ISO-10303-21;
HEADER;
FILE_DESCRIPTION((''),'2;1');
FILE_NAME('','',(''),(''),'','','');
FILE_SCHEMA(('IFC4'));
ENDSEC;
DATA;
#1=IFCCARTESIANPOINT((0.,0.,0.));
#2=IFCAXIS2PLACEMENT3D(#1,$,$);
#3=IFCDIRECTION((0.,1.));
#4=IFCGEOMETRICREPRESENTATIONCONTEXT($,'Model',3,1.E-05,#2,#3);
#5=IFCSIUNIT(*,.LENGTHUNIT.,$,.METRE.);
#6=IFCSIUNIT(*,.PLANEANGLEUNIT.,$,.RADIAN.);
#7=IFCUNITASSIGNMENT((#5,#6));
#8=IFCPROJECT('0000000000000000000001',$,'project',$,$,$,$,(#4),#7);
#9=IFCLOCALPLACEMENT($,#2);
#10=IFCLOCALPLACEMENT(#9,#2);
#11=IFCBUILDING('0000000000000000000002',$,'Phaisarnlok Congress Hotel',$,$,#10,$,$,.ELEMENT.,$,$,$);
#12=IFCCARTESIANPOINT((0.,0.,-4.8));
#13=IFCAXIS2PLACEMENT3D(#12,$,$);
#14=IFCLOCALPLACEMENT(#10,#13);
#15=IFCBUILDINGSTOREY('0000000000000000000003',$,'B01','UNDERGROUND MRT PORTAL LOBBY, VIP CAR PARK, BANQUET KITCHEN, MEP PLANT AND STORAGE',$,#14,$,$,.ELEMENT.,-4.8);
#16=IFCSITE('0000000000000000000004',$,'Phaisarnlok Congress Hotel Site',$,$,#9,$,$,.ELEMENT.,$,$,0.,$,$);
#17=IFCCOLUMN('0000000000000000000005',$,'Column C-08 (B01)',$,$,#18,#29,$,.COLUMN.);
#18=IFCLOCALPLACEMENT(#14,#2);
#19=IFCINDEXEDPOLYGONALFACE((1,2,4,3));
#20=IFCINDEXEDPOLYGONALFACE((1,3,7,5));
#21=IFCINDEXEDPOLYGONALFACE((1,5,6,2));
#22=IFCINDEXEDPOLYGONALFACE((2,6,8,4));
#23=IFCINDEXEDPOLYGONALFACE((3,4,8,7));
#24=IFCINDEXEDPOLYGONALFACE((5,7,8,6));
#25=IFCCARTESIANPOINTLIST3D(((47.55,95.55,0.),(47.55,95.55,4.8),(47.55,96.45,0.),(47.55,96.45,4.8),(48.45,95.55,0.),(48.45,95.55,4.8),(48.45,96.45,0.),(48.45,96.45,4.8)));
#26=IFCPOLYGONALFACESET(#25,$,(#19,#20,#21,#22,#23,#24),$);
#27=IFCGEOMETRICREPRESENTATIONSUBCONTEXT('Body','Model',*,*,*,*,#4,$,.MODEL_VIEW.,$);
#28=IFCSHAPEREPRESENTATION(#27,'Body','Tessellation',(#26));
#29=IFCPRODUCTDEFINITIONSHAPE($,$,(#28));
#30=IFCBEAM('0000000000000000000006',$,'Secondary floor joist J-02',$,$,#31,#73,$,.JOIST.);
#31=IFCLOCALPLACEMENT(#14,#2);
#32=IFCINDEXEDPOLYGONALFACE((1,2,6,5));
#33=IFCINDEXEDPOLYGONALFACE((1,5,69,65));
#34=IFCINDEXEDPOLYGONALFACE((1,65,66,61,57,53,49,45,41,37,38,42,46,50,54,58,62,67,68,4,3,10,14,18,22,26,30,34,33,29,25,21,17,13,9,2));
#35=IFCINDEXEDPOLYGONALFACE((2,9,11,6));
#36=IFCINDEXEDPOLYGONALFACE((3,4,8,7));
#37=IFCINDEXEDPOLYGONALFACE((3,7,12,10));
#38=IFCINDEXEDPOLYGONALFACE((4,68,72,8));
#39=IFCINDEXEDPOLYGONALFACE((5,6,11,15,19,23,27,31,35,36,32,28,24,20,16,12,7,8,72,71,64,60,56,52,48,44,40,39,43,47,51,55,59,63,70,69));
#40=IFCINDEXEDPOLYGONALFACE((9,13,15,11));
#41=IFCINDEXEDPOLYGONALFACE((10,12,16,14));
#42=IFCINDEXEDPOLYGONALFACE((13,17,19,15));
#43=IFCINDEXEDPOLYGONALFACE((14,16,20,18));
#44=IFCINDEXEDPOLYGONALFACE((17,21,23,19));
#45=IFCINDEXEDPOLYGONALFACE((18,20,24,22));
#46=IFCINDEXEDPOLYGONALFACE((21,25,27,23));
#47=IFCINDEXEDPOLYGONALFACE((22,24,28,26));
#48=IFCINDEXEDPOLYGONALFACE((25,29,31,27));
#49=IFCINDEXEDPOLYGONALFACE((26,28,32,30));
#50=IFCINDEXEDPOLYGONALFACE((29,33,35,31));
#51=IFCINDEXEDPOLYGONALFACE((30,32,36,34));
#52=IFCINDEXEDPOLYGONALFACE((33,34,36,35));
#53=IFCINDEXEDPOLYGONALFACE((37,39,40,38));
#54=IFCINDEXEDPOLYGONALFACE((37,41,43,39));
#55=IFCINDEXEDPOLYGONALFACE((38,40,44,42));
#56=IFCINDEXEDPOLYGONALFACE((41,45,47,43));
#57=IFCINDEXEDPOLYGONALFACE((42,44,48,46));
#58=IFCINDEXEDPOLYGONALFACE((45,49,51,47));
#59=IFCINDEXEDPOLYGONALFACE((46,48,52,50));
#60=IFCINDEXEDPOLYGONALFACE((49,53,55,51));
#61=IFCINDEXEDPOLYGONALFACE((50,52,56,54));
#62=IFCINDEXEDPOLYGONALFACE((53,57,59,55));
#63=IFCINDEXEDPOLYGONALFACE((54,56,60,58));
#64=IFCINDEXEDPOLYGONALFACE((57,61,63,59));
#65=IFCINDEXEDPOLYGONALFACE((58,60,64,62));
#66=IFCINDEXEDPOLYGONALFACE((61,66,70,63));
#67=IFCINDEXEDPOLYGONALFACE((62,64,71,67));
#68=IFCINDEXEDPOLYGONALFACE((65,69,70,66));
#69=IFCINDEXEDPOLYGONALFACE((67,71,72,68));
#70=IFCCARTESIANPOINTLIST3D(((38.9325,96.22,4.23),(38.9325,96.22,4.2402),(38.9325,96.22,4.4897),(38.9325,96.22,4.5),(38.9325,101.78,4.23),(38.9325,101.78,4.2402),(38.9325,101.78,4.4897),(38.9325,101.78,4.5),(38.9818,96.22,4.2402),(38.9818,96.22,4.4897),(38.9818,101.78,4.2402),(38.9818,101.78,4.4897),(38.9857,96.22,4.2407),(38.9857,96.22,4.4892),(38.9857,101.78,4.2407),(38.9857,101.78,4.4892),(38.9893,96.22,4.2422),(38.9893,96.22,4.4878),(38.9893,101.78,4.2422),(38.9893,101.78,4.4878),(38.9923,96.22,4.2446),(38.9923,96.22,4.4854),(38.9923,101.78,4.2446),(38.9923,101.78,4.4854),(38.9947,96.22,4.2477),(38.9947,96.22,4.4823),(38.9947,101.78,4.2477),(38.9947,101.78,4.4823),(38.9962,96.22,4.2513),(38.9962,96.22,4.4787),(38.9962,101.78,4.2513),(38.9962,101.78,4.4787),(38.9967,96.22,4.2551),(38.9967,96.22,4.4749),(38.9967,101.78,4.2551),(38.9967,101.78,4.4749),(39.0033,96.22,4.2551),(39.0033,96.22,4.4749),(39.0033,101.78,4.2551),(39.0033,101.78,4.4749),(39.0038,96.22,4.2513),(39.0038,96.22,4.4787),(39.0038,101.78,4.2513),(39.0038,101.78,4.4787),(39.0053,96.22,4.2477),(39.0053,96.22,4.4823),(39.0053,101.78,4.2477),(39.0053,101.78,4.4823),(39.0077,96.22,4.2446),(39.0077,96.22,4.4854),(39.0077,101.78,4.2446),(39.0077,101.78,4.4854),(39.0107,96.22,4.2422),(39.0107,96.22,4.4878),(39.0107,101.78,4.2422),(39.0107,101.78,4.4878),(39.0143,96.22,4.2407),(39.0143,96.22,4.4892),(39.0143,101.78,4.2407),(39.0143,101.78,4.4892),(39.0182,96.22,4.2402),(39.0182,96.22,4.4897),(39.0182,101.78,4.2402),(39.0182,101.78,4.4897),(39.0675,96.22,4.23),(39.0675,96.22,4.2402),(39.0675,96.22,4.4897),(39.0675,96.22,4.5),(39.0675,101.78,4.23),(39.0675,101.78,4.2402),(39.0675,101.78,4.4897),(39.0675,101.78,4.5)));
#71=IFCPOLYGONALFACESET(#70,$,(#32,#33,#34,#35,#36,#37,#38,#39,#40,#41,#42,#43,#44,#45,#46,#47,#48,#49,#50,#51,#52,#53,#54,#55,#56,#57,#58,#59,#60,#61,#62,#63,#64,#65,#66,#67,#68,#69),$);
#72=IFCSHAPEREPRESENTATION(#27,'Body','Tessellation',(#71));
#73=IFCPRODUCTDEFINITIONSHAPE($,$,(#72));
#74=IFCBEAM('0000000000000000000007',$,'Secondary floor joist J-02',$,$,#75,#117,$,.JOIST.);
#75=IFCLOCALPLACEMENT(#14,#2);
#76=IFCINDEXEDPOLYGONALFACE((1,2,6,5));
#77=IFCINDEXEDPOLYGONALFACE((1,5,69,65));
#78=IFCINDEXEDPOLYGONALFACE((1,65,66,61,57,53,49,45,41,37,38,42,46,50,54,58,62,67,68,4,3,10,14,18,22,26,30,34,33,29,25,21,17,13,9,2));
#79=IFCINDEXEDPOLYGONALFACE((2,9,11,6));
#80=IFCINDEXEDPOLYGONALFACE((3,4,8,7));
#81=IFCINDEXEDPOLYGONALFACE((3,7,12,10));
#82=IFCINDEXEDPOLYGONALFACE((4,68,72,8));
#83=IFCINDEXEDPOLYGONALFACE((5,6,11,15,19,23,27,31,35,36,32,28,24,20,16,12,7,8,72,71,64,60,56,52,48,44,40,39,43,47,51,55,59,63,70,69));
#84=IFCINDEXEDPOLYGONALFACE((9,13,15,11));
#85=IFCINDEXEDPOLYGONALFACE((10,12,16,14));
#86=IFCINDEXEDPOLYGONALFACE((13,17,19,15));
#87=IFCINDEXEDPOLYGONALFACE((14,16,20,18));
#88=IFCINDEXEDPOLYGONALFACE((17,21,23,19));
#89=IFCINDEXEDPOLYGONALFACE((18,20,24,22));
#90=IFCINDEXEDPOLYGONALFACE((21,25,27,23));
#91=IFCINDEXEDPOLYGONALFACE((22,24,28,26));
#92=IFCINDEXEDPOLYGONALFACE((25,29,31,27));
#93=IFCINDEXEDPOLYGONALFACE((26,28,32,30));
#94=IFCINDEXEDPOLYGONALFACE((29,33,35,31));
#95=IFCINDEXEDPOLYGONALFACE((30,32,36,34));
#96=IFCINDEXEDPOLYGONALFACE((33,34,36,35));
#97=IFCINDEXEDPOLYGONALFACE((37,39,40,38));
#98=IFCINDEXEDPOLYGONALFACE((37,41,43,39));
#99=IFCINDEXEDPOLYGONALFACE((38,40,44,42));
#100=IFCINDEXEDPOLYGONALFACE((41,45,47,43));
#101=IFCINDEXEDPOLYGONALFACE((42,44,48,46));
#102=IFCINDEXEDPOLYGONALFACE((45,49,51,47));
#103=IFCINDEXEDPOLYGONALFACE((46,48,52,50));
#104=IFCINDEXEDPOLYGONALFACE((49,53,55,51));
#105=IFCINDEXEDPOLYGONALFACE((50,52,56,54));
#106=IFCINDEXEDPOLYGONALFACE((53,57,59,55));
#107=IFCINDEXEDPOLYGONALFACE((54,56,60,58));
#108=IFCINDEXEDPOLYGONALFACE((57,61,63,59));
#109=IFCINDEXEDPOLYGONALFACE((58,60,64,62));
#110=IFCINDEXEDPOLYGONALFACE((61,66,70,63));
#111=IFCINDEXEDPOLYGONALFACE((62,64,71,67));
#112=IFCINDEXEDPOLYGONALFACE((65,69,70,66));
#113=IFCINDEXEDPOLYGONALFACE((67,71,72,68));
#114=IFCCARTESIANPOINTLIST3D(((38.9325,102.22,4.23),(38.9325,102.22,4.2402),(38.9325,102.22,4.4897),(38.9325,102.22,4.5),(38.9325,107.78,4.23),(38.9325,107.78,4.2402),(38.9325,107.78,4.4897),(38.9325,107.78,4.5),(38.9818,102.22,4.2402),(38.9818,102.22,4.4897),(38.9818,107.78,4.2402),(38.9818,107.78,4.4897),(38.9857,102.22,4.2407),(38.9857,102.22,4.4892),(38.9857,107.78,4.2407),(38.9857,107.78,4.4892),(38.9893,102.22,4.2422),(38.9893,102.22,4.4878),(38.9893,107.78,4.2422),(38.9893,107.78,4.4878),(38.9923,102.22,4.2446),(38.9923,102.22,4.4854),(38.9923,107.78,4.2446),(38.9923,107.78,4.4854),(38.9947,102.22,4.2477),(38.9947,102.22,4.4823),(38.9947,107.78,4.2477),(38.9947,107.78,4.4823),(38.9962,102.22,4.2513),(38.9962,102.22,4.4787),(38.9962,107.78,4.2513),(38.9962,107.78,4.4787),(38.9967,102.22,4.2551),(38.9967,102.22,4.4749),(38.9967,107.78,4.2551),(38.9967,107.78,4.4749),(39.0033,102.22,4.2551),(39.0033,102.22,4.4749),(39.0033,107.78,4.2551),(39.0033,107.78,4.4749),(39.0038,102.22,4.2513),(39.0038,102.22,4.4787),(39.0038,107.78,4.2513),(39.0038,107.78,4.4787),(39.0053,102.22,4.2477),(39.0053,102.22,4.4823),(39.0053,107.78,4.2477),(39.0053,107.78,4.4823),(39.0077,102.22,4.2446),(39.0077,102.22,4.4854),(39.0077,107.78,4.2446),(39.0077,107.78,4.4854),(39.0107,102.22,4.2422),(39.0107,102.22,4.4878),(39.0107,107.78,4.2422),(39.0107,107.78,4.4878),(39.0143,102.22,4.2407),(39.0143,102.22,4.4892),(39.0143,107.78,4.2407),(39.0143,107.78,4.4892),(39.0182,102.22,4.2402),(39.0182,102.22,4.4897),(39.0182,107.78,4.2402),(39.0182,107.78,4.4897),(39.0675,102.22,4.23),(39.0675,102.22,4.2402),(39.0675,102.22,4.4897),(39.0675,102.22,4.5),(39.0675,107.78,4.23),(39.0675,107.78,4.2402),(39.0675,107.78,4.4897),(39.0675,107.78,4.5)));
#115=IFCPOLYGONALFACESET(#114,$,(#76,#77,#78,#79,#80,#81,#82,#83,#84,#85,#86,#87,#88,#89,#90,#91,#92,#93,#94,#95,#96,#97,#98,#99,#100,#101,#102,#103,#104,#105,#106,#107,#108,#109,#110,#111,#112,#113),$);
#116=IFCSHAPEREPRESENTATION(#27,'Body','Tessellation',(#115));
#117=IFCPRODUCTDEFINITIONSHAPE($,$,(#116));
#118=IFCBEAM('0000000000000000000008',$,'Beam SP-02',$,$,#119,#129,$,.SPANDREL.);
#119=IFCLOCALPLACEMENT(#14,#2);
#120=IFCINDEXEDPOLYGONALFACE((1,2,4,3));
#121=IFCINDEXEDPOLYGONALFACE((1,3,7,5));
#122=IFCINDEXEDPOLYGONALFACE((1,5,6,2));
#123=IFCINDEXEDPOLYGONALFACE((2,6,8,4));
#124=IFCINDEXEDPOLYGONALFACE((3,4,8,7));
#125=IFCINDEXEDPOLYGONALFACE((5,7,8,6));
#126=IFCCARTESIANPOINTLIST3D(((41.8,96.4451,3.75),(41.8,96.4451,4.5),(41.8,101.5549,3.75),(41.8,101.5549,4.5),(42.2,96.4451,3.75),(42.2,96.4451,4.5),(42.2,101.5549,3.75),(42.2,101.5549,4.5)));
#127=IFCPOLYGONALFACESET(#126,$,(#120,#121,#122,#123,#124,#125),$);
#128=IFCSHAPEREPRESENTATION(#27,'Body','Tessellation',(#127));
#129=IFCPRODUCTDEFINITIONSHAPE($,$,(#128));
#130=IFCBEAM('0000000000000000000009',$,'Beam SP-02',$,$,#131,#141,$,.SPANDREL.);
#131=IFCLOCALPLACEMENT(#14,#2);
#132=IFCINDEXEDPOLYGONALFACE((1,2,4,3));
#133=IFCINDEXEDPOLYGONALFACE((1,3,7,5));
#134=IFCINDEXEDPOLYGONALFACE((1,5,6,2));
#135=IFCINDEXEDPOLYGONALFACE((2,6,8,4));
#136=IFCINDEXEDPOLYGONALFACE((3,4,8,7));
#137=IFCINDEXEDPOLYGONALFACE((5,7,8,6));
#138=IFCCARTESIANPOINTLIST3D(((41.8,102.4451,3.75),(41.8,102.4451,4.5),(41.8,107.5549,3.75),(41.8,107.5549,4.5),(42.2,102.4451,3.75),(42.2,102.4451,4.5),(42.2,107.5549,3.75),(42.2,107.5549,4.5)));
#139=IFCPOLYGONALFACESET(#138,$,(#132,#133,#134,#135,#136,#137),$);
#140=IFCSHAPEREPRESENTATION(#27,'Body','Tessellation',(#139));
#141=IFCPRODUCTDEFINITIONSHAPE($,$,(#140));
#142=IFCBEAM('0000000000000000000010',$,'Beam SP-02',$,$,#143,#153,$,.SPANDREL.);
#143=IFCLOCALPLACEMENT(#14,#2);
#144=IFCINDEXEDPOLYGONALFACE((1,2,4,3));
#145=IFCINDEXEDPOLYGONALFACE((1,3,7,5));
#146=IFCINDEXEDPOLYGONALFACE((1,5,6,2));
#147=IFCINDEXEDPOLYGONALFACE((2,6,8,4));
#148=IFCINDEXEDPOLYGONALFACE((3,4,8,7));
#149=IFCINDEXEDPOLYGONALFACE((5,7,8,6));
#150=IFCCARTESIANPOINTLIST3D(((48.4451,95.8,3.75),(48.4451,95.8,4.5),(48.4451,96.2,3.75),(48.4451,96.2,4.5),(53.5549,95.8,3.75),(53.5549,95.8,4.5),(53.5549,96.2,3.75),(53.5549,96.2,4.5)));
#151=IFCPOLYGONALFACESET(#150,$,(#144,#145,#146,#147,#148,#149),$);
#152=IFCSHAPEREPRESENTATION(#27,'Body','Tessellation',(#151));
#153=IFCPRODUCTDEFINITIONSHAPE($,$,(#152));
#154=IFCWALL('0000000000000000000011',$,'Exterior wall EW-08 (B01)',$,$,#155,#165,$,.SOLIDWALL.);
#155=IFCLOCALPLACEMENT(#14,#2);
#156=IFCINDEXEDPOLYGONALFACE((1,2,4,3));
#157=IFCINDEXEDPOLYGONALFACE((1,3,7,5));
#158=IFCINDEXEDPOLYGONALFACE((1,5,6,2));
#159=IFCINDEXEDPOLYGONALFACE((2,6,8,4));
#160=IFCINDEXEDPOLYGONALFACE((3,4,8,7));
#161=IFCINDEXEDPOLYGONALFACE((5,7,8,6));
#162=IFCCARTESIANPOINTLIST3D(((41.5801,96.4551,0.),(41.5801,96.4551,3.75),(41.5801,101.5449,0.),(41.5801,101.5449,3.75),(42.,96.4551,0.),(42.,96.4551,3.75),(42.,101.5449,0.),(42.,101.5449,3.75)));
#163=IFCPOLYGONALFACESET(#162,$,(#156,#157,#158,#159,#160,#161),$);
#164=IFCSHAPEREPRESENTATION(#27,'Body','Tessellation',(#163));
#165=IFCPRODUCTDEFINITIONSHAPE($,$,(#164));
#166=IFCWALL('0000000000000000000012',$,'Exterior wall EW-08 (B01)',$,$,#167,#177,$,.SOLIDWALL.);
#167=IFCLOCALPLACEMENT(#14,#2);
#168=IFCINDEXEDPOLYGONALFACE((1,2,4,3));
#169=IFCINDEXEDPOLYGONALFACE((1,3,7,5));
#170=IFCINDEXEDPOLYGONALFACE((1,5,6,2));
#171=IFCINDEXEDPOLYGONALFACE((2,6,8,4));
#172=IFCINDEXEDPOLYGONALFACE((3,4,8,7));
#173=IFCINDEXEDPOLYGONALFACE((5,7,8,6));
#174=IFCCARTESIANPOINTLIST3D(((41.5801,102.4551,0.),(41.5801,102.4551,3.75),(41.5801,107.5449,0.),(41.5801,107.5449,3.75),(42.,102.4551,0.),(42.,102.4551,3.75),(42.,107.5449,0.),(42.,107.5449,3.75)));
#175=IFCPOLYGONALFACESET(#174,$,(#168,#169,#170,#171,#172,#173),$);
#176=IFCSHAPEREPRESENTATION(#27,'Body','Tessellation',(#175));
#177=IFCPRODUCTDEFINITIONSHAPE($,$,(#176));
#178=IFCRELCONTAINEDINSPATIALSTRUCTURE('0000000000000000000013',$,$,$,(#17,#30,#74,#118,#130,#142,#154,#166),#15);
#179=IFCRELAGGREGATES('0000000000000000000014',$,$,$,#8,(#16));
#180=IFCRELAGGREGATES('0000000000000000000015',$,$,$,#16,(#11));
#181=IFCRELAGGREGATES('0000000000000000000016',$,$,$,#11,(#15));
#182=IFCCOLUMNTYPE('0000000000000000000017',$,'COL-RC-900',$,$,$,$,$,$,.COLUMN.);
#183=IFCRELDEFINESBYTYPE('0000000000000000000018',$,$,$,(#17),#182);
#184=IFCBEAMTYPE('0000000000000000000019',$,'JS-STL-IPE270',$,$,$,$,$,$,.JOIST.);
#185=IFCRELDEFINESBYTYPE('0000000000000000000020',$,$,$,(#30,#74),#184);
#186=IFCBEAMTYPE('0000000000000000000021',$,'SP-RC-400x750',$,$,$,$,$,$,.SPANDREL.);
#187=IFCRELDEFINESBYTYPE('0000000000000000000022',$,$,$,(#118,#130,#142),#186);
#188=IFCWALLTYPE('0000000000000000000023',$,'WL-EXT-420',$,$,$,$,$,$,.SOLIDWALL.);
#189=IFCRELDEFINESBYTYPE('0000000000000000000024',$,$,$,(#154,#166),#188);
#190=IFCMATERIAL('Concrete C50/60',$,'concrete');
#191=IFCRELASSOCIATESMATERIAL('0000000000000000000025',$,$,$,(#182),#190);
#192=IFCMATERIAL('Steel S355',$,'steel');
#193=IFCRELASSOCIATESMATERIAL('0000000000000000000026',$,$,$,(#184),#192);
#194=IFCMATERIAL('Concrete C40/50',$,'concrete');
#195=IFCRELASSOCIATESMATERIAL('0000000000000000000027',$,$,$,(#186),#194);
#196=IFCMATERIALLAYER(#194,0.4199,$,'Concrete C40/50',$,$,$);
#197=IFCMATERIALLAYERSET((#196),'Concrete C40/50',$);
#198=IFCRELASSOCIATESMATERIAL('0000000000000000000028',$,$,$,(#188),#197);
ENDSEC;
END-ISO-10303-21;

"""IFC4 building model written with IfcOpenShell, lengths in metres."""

from ifc_helpers import new_model, si_unit, direction, frame, frame_2d, origin, origin_2d, place, context, subcontext, project, spatial, rectangle, i_section, extrude, material, layer, layer_set, material_profile, profile_set, type_object, element, save


model = new_model("IFC4")

# Units and contexts
model_context = context("Model", 3, precision=1e-05, world=origin(), true_north=direction((0.0, 1.0)))
body_context = subcontext(model_context, "Body", "Model", "MODEL_VIEW")
ifc_project = project(units=[si_unit("LENGTHUNIT", "METRE"), si_unit("PLANEANGLEUNIT", "RADIAN")], contexts=[model_context])

# Site, building, storey
site_placement = place(None, origin())
site = spatial("IfcSite", under=ifc_project, at=site_placement, Name="Phaisarnlok Congress Hotel Site", CompositionType="ELEMENT", RefElevation=0.0)
building_placement = place(site_placement, origin())
building = spatial("IfcBuilding", under=site, at=building_placement, Name="Phaisarnlok Congress Hotel", CompositionType="ELEMENT")
storey_placement = place(building_placement, frame((0.0, 0.0, -4.8)))
storey = spatial("IfcBuildingStorey", under=building, at=storey_placement, Name="B01", Description="UNDERGROUND MRT PORTAL LOBBY, VIP CAR PARK, BANQUET KITCHEN, MEP PLANT AND STORAGE", CompositionType="ELEMENT", Elevation=-4.8)

# Shared definitions
ifc_material_1 = material(Name="Concrete C40/50", Category="concrete")

# Column
ifc_material_2 = material(Name="Concrete C50/60", Category="concrete")
ifc_material_profile_1 = material_profile(ifc_material_2, rectangle(XDim=0.8999, YDim=0.8999, at=origin_2d()), Name="RC 900x900")
ifc_profile_set_1 = profile_set([ifc_material_profile_1], Name="Concrete C50/60")
column_type = type_object("IfcColumnType", Name="COL-RC-900", PredefinedType="COLUMN", material=ifc_profile_set_1)
for number, where, z_axis, x_axis, name in (
    (1, (48.0, 96.0, 0.0), (0.0, 0.0, 1.0), (1.0, 0.0, 0.0), "Column C-08 (B01)"),
):
    element("IfcColumn", number, at=place(storey_placement, frame(where, z_axis=z_axis, x_axis=x_axis)), inside=storey, type_object=column_type, Name=name, PredefinedType="COLUMN", context=body_context, shape_type="SweptSolid", body=[
        extrude(rectangle(XDim=0.8999, YDim=0.8999, at=origin_2d()), origin(), (0.0, 0.0, 1.0), 4.8),
    ])

# Beams
ifc_material_3 = material(Name="Steel S355", Category="steel")
ifc_material_profile_2 = material_profile(ifc_material_3, i_section(OverallWidth=0.135, OverallDepth=0.27, WebThickness=0.0066, FlangeThickness=0.0103, FilletRadius=0.0149, at=origin_2d()), Name="IPE 270")
ifc_profile_set_2 = profile_set([ifc_material_profile_2], Name="Steel S355")
beam_type_1 = type_object("IfcBeamType", Name="JS-STL-IPE270", PredefinedType="JOIST", material=ifc_profile_set_2)
for number, where, z_axis, x_axis, name in (
    (2, (39.0, 96.22, 4.365), (0.0, 1.0, 0.0), (-1.0, 0.0, 0.0), "Secondary floor joist J-02"),
    (3, (39.0, 102.22, 4.365), (0.0, 1.0, 0.0), (-1.0, 0.0, 0.0), "Secondary floor joist J-02"),
):
    element("IfcBeam", number, at=place(storey_placement, frame(where, z_axis=z_axis, x_axis=x_axis)), inside=storey, type_object=beam_type_1, Name=name, PredefinedType="JOIST", context=body_context, shape_type="SweptSolid", body=[
        extrude(i_section(OverallWidth=0.135, OverallDepth=0.27, WebThickness=0.0066, FlangeThickness=0.0103, FilletRadius=0.0149, at=origin_2d()), origin(), (0.0, 0.0, 1.0), 5.5601),
    ])
ifc_material_profile_3 = material_profile(ifc_material_1, rectangle(XDim=0.3999, YDim=0.75, at=origin_2d()), Name="RC 400x750")
ifc_profile_set_3 = profile_set([ifc_material_profile_3], Name="Concrete C40/50")
beam_type_2 = type_object("IfcBeamType", Name="SP-RC-400x750", PredefinedType="SPANDREL", material=ifc_profile_set_3)
for number, where, z_axis, x_axis, name in (
    (4, (42.0, 96.4451, 4.125), (0.0, 1.0, 0.0), (-1.0, 0.0, 0.0), "Beam SP-02"),
    (5, (42.0, 102.4451, 4.125), (0.0, 1.0, 0.0), (-1.0, 0.0, 0.0), "Beam SP-02"),
    (6, (48.4451, 96.0, 4.125), (1.0, 0.0, 0.0), (0.0, 1.0, 0.0), "Beam SP-02"),
):
    element("IfcBeam", number, at=place(storey_placement, frame(where, z_axis=z_axis, x_axis=x_axis)), inside=storey, type_object=beam_type_2, Name=name, PredefinedType="SPANDREL", context=body_context, shape_type="SweptSolid", body=[
        extrude(rectangle(XDim=0.3999, YDim=0.75, at=origin_2d()), origin(), (0.0, 0.0, 1.0), 5.1099),
    ])

# Walls
ifc_layer = layer(ifc_material_1, 0.4199, Name="Concrete C40/50")
ifc_layer_set = layer_set([ifc_layer], Name="Concrete C40/50")
wall_type = type_object("IfcWallType", Name="WL-EXT-420", PredefinedType="SOLIDWALL", material=ifc_layer_set)
for number, where, z_axis, x_axis, name in (
    (7, (41.79, 96.4551, 0.0), (0.0, 0.0, 1.0), (0.0, 1.0, 0.0), "Exterior wall EW-08 (B01)"),
    (8, (41.79, 102.4551, 0.0), (0.0, 0.0, 1.0), (0.0, 1.0, 0.0), "Exterior wall EW-08 (B01)"),
):
    element("IfcWall", number, at=place(storey_placement, frame(where, z_axis=z_axis, x_axis=x_axis)), inside=storey, type_object=wall_type, Name=name, PredefinedType="SOLIDWALL", context=body_context, shape_type="SweptSolid", body=[
        extrude(rectangle(XDim=5.0898, YDim=0.4199, at=frame_2d((2.5449, 0.0))), origin(), (0.0, 0.0, 1.0), 3.75),
    ])

save(model, "model.ifc")
